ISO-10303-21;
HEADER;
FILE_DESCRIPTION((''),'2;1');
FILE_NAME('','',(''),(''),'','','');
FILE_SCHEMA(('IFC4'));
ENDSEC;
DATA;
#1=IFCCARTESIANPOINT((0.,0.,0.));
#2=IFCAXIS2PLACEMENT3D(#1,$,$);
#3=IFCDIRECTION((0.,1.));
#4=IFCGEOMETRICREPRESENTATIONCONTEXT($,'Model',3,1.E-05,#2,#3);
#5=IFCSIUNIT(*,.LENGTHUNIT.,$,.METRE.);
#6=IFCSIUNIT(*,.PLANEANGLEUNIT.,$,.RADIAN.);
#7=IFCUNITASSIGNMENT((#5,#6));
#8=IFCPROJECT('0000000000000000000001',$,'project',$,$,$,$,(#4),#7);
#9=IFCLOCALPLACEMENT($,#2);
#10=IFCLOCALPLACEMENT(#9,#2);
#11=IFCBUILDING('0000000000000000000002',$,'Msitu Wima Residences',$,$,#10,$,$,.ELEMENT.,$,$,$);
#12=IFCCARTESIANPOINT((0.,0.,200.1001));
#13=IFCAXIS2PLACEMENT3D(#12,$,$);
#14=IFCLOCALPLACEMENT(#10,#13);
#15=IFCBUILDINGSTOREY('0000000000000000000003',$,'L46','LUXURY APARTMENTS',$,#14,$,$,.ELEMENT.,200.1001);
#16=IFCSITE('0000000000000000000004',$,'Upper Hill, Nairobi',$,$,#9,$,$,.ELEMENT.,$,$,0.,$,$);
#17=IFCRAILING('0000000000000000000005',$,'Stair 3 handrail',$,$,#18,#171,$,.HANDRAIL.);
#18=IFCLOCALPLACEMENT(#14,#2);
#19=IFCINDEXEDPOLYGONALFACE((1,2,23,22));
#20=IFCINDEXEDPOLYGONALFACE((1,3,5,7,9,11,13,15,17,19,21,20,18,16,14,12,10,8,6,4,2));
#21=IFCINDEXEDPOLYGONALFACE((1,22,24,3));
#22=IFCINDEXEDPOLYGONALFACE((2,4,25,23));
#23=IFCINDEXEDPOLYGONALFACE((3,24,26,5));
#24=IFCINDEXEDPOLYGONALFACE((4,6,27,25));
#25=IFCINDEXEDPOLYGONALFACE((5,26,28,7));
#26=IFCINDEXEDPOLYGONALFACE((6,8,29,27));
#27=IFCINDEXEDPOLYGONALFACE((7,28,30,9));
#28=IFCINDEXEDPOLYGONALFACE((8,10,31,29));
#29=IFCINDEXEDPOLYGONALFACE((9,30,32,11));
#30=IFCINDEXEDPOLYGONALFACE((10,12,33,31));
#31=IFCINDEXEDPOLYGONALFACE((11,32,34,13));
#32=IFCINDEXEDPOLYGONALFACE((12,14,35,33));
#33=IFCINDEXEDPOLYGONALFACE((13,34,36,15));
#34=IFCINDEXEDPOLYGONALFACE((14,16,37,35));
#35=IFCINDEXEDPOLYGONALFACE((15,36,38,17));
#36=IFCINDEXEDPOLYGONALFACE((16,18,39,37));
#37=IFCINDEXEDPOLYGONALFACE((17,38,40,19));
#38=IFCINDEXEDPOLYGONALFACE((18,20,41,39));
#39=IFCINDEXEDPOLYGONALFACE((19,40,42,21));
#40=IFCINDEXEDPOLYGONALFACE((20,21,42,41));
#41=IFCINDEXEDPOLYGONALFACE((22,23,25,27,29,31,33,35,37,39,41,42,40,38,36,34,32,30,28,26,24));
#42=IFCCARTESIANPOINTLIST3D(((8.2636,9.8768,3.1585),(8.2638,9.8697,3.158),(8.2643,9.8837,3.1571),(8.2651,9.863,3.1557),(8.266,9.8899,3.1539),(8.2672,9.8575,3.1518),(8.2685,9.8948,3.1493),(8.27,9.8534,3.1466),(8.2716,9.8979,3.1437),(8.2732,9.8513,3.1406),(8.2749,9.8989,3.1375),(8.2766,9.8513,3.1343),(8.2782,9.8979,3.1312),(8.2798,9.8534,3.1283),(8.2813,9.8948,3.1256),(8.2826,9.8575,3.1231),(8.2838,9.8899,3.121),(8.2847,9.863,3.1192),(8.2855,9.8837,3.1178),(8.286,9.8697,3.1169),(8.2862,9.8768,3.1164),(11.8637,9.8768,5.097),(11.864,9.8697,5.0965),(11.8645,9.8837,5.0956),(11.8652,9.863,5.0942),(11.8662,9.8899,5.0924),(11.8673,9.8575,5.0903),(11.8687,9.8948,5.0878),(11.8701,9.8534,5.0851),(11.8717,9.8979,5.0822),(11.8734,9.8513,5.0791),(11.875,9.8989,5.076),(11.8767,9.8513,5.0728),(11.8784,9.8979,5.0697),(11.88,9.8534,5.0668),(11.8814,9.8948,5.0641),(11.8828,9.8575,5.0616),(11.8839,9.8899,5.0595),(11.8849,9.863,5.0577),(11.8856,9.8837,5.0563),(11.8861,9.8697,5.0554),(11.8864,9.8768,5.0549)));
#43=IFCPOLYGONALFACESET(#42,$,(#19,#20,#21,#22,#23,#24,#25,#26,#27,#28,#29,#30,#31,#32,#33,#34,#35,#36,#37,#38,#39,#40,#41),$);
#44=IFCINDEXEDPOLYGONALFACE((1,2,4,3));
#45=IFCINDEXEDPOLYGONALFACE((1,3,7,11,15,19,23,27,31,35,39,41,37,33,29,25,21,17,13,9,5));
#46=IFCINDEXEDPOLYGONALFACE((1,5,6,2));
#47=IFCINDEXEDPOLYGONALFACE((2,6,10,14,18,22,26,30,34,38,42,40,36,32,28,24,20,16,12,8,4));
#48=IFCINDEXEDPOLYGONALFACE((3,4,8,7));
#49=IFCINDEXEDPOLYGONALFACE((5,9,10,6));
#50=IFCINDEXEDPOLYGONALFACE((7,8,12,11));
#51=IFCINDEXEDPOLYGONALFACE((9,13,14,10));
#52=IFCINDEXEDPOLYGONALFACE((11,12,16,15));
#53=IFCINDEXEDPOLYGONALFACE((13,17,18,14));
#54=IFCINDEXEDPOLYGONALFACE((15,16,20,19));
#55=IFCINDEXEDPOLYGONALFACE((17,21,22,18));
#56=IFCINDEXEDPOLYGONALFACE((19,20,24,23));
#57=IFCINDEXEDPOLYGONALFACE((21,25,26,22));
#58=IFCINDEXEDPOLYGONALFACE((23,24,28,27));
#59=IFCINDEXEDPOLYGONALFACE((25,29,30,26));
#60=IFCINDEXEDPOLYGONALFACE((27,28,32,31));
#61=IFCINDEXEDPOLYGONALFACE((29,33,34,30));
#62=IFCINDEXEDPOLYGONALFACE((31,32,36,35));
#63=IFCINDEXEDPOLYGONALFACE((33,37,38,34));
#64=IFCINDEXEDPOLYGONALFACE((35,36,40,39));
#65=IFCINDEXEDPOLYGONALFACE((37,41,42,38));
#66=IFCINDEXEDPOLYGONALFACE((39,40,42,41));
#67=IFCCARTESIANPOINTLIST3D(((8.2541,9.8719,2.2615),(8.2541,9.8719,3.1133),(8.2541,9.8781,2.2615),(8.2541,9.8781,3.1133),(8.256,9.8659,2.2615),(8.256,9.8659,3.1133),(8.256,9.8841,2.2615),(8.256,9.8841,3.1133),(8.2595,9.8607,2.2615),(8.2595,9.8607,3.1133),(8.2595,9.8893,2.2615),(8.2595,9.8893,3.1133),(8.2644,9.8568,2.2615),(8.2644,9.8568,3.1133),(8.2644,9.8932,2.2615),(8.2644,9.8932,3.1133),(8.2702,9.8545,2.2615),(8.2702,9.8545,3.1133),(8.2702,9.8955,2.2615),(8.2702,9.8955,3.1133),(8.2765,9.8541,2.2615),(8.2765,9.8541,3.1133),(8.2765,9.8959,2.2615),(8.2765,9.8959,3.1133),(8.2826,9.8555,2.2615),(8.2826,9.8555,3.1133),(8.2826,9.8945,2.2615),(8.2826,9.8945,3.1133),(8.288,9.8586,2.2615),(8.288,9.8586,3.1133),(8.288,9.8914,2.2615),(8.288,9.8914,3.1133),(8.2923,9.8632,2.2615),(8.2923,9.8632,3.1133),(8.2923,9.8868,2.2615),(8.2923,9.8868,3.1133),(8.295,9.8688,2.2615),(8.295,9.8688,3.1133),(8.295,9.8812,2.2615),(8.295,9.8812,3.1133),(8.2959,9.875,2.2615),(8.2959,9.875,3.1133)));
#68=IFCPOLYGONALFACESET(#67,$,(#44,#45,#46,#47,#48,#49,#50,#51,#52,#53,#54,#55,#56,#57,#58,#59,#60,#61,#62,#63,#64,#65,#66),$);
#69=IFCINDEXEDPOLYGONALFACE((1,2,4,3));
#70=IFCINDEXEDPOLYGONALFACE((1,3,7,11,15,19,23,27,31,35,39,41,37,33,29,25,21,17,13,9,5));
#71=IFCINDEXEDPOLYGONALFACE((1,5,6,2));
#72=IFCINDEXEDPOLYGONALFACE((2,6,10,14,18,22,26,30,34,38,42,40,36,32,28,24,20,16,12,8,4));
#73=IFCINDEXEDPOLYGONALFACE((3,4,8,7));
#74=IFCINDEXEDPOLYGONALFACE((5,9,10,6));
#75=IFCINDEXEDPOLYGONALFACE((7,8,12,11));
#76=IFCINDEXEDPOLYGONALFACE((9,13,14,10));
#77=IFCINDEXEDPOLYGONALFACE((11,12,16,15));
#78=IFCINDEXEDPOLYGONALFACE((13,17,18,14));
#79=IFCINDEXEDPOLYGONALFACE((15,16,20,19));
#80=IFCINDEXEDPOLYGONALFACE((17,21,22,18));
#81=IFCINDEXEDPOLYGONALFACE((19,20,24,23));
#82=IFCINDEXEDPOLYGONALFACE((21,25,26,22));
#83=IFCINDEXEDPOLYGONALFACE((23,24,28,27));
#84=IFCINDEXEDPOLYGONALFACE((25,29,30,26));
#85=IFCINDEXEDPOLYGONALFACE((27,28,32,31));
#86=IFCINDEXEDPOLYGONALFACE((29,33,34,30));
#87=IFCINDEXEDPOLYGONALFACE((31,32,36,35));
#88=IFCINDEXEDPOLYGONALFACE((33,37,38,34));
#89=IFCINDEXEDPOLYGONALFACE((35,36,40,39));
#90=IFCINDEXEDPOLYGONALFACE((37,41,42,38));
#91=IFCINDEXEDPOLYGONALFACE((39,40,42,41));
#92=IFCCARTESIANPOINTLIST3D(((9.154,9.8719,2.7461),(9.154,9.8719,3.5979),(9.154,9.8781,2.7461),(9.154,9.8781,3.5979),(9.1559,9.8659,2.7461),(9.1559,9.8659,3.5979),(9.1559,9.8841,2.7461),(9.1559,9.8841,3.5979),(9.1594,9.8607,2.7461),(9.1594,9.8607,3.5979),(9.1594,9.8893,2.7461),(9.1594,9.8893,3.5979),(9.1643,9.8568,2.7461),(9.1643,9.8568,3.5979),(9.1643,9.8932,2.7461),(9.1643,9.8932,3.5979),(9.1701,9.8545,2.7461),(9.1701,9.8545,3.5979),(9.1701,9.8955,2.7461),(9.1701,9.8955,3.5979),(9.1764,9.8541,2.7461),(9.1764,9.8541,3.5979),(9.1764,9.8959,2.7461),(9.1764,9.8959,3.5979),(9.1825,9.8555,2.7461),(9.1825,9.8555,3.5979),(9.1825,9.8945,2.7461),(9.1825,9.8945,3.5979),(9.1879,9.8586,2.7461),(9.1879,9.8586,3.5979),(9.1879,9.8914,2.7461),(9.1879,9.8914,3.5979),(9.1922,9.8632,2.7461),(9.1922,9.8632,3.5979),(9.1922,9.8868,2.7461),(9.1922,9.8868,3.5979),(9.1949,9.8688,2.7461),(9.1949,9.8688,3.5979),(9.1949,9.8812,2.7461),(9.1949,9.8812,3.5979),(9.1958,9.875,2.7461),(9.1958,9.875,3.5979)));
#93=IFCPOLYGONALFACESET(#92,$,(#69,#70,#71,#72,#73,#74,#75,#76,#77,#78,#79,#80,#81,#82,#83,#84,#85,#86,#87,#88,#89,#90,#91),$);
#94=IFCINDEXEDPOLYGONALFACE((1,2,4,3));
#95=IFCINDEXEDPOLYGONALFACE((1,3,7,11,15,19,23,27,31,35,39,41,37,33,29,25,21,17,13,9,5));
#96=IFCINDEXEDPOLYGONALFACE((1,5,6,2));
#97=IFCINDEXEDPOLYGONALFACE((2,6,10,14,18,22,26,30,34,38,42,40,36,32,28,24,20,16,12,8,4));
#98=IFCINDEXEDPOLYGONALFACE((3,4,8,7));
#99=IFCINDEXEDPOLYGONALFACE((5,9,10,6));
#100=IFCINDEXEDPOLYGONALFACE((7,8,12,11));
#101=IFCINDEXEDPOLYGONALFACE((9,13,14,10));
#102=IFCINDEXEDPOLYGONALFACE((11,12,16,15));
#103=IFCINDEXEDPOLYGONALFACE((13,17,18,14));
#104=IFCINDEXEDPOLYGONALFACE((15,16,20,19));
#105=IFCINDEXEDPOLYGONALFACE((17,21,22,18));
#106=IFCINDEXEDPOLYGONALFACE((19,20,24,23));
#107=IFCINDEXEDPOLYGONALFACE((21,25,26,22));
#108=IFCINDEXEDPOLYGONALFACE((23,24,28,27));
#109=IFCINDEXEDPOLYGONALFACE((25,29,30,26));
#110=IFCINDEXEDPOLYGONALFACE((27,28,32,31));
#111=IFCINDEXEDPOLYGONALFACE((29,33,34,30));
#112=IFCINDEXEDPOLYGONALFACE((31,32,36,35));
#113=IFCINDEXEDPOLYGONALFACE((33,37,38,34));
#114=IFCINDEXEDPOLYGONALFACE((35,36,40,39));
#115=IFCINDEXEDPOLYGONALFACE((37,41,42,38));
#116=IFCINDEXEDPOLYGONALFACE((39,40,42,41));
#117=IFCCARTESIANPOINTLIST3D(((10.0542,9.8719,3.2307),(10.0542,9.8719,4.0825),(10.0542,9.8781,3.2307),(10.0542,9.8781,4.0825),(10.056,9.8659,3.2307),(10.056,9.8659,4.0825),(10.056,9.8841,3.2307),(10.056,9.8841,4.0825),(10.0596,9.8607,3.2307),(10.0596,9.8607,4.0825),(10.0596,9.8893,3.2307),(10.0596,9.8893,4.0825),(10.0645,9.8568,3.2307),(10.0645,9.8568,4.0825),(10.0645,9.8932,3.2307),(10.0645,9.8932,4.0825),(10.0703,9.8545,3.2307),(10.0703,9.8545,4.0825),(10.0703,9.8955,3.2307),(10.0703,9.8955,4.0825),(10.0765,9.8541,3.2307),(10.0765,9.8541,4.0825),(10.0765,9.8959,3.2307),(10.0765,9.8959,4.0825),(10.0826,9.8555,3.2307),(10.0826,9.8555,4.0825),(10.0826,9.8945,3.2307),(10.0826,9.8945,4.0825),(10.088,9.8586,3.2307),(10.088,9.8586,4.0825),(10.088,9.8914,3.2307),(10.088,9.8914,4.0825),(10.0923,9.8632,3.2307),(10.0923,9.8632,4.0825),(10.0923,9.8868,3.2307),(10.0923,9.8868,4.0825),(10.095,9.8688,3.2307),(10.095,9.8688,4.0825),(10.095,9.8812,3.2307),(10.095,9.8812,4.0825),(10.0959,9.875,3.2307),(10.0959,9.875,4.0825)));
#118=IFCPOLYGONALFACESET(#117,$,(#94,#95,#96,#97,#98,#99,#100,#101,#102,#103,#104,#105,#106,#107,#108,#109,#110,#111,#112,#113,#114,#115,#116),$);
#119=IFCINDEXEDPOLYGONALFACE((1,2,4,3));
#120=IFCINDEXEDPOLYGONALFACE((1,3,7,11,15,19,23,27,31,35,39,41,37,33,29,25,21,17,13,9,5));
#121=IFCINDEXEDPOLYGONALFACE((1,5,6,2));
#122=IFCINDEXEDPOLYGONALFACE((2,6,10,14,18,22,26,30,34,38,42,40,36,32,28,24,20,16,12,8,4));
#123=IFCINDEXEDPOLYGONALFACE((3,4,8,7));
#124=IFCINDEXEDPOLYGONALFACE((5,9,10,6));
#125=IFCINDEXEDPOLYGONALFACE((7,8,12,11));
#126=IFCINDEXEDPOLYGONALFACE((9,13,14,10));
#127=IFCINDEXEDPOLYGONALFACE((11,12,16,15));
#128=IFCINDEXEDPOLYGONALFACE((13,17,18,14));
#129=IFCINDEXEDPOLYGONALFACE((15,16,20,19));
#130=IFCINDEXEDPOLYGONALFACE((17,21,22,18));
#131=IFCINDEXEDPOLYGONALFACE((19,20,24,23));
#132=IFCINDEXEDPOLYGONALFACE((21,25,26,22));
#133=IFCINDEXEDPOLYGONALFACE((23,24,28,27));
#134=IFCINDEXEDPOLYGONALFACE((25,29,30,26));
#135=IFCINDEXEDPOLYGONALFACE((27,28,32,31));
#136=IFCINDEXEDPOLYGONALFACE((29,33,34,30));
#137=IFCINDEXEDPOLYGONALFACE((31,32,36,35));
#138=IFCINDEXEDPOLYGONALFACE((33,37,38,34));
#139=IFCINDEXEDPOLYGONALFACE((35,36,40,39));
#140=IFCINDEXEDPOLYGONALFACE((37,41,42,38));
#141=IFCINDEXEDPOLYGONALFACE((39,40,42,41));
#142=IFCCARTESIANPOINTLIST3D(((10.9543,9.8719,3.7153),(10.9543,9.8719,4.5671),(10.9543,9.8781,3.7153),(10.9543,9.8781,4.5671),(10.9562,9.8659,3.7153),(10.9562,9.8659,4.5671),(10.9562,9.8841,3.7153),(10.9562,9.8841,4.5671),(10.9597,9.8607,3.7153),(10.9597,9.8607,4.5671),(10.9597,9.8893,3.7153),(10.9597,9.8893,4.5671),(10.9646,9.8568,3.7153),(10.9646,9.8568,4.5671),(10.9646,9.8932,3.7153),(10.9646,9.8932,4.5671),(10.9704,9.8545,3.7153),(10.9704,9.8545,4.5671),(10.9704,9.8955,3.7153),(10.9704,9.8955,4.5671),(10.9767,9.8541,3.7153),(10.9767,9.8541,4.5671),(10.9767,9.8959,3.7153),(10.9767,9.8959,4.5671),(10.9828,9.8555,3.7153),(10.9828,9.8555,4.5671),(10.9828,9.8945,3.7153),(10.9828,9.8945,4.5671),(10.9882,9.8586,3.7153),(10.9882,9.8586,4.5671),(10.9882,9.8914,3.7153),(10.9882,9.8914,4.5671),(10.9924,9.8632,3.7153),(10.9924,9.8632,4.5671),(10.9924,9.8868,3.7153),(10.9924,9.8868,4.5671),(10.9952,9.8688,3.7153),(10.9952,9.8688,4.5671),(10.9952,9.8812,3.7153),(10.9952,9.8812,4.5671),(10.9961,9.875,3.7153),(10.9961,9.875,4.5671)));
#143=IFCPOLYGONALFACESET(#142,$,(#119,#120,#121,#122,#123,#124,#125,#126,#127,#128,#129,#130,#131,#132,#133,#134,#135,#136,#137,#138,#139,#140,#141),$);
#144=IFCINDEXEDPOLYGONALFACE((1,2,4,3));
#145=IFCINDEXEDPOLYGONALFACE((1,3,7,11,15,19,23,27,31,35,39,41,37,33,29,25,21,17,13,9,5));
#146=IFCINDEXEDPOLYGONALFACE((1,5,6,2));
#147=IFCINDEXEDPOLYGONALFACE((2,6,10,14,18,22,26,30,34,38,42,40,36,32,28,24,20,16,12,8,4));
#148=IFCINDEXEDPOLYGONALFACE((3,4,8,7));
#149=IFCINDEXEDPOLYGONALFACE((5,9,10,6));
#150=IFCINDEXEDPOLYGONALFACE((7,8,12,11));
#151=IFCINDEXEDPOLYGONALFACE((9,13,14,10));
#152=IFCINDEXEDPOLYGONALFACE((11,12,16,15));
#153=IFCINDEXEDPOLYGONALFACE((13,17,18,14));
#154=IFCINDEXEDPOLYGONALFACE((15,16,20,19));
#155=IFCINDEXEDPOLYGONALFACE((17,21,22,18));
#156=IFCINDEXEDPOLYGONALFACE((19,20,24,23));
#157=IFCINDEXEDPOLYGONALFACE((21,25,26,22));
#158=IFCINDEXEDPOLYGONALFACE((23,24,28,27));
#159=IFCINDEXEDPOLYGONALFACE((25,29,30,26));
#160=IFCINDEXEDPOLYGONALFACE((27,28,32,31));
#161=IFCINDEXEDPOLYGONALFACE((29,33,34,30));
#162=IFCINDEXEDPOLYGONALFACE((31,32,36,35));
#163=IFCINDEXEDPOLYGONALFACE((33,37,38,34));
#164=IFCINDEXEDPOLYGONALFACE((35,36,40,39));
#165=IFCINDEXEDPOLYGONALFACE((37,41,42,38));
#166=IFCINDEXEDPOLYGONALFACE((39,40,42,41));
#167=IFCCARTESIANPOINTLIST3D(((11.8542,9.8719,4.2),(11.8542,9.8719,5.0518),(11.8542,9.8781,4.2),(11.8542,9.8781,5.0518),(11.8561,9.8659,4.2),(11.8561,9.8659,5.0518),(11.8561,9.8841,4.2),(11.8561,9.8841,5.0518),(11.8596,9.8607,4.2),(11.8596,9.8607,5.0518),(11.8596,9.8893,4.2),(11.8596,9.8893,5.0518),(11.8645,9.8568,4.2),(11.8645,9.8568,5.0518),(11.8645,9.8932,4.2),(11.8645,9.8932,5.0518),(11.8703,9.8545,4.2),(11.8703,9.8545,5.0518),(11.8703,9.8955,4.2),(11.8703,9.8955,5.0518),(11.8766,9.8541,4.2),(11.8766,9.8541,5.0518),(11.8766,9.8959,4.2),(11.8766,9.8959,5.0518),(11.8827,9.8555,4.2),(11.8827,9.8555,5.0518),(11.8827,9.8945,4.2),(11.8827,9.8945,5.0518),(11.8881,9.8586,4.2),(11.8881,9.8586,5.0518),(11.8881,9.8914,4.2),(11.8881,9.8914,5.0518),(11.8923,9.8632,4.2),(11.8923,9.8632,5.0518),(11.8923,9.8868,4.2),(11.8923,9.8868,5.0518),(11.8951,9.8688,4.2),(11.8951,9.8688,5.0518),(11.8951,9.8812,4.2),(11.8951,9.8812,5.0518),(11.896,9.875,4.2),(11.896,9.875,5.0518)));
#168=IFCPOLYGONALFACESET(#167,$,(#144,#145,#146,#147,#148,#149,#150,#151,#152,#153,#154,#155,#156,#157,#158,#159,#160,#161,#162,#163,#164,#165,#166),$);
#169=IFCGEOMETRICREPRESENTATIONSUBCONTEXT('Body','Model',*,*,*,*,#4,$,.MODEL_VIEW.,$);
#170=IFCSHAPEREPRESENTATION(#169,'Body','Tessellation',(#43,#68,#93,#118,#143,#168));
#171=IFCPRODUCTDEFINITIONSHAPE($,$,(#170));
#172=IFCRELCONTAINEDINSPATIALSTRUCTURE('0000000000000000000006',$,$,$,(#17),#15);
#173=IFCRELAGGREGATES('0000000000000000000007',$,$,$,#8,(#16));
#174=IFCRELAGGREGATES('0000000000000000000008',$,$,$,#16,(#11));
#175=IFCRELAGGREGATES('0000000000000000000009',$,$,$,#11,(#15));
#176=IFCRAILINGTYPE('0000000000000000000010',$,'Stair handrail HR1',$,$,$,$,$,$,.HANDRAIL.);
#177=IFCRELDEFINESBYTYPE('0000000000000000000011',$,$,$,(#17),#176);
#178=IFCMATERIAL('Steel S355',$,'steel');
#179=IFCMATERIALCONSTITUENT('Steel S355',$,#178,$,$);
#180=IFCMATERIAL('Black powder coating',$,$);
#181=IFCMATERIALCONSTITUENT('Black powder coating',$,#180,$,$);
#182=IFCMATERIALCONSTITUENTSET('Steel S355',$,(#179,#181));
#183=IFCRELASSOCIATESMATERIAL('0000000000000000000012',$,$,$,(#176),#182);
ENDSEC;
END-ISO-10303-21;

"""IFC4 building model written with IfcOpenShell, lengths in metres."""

from ifc_helpers import new_model, si_unit, direction, frame, origin, origin_2d, place, context, subcontext, project, spatial, circle, extrude, material, constituent, constituent_set, type_object, element, save


model = new_model("IFC4")

# Units and contexts
model_context = context("Model", 3, precision=1e-05, world=origin(), true_north=direction((0.0, 1.0)))
body_context = subcontext(model_context, "Body", "Model", "MODEL_VIEW")
ifc_project = project(units=[si_unit("LENGTHUNIT", "METRE"), si_unit("PLANEANGLEUNIT", "RADIAN")], contexts=[model_context])

# Site, building, storey
site_placement = place(None, origin())
site = spatial("IfcSite", under=ifc_project, at=site_placement, Name="Upper Hill, Nairobi", CompositionType="ELEMENT", RefElevation=0.0)
building_placement = place(site_placement, origin())
building = spatial("IfcBuilding", under=site, at=building_placement, Name="Msitu Wima Residences", CompositionType="ELEMENT")
storey_placement = place(building_placement, frame((0.0, 0.0, 200.1001)))
storey = spatial("IfcBuildingStorey", under=building, at=storey_placement, Name="L46", Description="LUXURY APARTMENTS", CompositionType="ELEMENT", Elevation=200.1001)

# Railing
ifc_material_1 = material(Name="Steel S355", Category="steel")
ifc_constituent_1 = constituent(ifc_material_1, Name="Steel S355")
ifc_material_2 = material(Name="Black powder coating")
ifc_constituent_2 = constituent(ifc_material_2, Name="Black powder coating")
ifc_constituent_set = constituent_set(constituents=[ifc_constituent_1, ifc_constituent_2], Name="Steel S355")
railing_type = type_object("IfcRailingType", Name="Stair handrail HR1", PredefinedType="HANDRAIL", material=ifc_constituent_set)
for number, where, name in (
    (1, (8.2749, 9.875, 2.2615), "Stair 3 handrail"),
):
    element("IfcRailing", number, at=place(storey_placement, frame(where)), inside=storey, type_object=railing_type, Name=name, PredefinedType="HANDRAIL", context=body_context, shape_type="SweptSolid", body=[
        extrude(circle(Radius=0.0239, at=origin_2d()), frame((0.0, 0.0, 0.876), z_axis=(0.880475, 0.0, 0.474093), x_axis=(0.0, 1.0, 0.0)), (0.0, 0.0, 1.0), 4.0889),
        extrude(circle(Radius=0.021, at=origin_2d()), origin(), (0.0, 0.0, 1.0), 0.8518),
        extrude(circle(Radius=0.021, at=origin_2d()), frame((0.8999, 0.0, 0.4846)), (0.0, 0.0, 1.0), 0.8518),
        extrude(circle(Radius=0.021, at=origin_2d()), frame((1.8, 0.0, 0.9692)), (0.0, 0.0, 1.0), 0.8518),
        extrude(circle(Radius=0.021, at=origin_2d()), frame((2.7002, 0.0, 1.4539)), (0.0, 0.0, 1.0), 0.8518),
        extrude(circle(Radius=0.021, at=origin_2d()), frame((3.6001, 0.0, 1.9385)), (0.0, 0.0, 1.0), 0.8518),
    ])

save(model, "model.ifc")
